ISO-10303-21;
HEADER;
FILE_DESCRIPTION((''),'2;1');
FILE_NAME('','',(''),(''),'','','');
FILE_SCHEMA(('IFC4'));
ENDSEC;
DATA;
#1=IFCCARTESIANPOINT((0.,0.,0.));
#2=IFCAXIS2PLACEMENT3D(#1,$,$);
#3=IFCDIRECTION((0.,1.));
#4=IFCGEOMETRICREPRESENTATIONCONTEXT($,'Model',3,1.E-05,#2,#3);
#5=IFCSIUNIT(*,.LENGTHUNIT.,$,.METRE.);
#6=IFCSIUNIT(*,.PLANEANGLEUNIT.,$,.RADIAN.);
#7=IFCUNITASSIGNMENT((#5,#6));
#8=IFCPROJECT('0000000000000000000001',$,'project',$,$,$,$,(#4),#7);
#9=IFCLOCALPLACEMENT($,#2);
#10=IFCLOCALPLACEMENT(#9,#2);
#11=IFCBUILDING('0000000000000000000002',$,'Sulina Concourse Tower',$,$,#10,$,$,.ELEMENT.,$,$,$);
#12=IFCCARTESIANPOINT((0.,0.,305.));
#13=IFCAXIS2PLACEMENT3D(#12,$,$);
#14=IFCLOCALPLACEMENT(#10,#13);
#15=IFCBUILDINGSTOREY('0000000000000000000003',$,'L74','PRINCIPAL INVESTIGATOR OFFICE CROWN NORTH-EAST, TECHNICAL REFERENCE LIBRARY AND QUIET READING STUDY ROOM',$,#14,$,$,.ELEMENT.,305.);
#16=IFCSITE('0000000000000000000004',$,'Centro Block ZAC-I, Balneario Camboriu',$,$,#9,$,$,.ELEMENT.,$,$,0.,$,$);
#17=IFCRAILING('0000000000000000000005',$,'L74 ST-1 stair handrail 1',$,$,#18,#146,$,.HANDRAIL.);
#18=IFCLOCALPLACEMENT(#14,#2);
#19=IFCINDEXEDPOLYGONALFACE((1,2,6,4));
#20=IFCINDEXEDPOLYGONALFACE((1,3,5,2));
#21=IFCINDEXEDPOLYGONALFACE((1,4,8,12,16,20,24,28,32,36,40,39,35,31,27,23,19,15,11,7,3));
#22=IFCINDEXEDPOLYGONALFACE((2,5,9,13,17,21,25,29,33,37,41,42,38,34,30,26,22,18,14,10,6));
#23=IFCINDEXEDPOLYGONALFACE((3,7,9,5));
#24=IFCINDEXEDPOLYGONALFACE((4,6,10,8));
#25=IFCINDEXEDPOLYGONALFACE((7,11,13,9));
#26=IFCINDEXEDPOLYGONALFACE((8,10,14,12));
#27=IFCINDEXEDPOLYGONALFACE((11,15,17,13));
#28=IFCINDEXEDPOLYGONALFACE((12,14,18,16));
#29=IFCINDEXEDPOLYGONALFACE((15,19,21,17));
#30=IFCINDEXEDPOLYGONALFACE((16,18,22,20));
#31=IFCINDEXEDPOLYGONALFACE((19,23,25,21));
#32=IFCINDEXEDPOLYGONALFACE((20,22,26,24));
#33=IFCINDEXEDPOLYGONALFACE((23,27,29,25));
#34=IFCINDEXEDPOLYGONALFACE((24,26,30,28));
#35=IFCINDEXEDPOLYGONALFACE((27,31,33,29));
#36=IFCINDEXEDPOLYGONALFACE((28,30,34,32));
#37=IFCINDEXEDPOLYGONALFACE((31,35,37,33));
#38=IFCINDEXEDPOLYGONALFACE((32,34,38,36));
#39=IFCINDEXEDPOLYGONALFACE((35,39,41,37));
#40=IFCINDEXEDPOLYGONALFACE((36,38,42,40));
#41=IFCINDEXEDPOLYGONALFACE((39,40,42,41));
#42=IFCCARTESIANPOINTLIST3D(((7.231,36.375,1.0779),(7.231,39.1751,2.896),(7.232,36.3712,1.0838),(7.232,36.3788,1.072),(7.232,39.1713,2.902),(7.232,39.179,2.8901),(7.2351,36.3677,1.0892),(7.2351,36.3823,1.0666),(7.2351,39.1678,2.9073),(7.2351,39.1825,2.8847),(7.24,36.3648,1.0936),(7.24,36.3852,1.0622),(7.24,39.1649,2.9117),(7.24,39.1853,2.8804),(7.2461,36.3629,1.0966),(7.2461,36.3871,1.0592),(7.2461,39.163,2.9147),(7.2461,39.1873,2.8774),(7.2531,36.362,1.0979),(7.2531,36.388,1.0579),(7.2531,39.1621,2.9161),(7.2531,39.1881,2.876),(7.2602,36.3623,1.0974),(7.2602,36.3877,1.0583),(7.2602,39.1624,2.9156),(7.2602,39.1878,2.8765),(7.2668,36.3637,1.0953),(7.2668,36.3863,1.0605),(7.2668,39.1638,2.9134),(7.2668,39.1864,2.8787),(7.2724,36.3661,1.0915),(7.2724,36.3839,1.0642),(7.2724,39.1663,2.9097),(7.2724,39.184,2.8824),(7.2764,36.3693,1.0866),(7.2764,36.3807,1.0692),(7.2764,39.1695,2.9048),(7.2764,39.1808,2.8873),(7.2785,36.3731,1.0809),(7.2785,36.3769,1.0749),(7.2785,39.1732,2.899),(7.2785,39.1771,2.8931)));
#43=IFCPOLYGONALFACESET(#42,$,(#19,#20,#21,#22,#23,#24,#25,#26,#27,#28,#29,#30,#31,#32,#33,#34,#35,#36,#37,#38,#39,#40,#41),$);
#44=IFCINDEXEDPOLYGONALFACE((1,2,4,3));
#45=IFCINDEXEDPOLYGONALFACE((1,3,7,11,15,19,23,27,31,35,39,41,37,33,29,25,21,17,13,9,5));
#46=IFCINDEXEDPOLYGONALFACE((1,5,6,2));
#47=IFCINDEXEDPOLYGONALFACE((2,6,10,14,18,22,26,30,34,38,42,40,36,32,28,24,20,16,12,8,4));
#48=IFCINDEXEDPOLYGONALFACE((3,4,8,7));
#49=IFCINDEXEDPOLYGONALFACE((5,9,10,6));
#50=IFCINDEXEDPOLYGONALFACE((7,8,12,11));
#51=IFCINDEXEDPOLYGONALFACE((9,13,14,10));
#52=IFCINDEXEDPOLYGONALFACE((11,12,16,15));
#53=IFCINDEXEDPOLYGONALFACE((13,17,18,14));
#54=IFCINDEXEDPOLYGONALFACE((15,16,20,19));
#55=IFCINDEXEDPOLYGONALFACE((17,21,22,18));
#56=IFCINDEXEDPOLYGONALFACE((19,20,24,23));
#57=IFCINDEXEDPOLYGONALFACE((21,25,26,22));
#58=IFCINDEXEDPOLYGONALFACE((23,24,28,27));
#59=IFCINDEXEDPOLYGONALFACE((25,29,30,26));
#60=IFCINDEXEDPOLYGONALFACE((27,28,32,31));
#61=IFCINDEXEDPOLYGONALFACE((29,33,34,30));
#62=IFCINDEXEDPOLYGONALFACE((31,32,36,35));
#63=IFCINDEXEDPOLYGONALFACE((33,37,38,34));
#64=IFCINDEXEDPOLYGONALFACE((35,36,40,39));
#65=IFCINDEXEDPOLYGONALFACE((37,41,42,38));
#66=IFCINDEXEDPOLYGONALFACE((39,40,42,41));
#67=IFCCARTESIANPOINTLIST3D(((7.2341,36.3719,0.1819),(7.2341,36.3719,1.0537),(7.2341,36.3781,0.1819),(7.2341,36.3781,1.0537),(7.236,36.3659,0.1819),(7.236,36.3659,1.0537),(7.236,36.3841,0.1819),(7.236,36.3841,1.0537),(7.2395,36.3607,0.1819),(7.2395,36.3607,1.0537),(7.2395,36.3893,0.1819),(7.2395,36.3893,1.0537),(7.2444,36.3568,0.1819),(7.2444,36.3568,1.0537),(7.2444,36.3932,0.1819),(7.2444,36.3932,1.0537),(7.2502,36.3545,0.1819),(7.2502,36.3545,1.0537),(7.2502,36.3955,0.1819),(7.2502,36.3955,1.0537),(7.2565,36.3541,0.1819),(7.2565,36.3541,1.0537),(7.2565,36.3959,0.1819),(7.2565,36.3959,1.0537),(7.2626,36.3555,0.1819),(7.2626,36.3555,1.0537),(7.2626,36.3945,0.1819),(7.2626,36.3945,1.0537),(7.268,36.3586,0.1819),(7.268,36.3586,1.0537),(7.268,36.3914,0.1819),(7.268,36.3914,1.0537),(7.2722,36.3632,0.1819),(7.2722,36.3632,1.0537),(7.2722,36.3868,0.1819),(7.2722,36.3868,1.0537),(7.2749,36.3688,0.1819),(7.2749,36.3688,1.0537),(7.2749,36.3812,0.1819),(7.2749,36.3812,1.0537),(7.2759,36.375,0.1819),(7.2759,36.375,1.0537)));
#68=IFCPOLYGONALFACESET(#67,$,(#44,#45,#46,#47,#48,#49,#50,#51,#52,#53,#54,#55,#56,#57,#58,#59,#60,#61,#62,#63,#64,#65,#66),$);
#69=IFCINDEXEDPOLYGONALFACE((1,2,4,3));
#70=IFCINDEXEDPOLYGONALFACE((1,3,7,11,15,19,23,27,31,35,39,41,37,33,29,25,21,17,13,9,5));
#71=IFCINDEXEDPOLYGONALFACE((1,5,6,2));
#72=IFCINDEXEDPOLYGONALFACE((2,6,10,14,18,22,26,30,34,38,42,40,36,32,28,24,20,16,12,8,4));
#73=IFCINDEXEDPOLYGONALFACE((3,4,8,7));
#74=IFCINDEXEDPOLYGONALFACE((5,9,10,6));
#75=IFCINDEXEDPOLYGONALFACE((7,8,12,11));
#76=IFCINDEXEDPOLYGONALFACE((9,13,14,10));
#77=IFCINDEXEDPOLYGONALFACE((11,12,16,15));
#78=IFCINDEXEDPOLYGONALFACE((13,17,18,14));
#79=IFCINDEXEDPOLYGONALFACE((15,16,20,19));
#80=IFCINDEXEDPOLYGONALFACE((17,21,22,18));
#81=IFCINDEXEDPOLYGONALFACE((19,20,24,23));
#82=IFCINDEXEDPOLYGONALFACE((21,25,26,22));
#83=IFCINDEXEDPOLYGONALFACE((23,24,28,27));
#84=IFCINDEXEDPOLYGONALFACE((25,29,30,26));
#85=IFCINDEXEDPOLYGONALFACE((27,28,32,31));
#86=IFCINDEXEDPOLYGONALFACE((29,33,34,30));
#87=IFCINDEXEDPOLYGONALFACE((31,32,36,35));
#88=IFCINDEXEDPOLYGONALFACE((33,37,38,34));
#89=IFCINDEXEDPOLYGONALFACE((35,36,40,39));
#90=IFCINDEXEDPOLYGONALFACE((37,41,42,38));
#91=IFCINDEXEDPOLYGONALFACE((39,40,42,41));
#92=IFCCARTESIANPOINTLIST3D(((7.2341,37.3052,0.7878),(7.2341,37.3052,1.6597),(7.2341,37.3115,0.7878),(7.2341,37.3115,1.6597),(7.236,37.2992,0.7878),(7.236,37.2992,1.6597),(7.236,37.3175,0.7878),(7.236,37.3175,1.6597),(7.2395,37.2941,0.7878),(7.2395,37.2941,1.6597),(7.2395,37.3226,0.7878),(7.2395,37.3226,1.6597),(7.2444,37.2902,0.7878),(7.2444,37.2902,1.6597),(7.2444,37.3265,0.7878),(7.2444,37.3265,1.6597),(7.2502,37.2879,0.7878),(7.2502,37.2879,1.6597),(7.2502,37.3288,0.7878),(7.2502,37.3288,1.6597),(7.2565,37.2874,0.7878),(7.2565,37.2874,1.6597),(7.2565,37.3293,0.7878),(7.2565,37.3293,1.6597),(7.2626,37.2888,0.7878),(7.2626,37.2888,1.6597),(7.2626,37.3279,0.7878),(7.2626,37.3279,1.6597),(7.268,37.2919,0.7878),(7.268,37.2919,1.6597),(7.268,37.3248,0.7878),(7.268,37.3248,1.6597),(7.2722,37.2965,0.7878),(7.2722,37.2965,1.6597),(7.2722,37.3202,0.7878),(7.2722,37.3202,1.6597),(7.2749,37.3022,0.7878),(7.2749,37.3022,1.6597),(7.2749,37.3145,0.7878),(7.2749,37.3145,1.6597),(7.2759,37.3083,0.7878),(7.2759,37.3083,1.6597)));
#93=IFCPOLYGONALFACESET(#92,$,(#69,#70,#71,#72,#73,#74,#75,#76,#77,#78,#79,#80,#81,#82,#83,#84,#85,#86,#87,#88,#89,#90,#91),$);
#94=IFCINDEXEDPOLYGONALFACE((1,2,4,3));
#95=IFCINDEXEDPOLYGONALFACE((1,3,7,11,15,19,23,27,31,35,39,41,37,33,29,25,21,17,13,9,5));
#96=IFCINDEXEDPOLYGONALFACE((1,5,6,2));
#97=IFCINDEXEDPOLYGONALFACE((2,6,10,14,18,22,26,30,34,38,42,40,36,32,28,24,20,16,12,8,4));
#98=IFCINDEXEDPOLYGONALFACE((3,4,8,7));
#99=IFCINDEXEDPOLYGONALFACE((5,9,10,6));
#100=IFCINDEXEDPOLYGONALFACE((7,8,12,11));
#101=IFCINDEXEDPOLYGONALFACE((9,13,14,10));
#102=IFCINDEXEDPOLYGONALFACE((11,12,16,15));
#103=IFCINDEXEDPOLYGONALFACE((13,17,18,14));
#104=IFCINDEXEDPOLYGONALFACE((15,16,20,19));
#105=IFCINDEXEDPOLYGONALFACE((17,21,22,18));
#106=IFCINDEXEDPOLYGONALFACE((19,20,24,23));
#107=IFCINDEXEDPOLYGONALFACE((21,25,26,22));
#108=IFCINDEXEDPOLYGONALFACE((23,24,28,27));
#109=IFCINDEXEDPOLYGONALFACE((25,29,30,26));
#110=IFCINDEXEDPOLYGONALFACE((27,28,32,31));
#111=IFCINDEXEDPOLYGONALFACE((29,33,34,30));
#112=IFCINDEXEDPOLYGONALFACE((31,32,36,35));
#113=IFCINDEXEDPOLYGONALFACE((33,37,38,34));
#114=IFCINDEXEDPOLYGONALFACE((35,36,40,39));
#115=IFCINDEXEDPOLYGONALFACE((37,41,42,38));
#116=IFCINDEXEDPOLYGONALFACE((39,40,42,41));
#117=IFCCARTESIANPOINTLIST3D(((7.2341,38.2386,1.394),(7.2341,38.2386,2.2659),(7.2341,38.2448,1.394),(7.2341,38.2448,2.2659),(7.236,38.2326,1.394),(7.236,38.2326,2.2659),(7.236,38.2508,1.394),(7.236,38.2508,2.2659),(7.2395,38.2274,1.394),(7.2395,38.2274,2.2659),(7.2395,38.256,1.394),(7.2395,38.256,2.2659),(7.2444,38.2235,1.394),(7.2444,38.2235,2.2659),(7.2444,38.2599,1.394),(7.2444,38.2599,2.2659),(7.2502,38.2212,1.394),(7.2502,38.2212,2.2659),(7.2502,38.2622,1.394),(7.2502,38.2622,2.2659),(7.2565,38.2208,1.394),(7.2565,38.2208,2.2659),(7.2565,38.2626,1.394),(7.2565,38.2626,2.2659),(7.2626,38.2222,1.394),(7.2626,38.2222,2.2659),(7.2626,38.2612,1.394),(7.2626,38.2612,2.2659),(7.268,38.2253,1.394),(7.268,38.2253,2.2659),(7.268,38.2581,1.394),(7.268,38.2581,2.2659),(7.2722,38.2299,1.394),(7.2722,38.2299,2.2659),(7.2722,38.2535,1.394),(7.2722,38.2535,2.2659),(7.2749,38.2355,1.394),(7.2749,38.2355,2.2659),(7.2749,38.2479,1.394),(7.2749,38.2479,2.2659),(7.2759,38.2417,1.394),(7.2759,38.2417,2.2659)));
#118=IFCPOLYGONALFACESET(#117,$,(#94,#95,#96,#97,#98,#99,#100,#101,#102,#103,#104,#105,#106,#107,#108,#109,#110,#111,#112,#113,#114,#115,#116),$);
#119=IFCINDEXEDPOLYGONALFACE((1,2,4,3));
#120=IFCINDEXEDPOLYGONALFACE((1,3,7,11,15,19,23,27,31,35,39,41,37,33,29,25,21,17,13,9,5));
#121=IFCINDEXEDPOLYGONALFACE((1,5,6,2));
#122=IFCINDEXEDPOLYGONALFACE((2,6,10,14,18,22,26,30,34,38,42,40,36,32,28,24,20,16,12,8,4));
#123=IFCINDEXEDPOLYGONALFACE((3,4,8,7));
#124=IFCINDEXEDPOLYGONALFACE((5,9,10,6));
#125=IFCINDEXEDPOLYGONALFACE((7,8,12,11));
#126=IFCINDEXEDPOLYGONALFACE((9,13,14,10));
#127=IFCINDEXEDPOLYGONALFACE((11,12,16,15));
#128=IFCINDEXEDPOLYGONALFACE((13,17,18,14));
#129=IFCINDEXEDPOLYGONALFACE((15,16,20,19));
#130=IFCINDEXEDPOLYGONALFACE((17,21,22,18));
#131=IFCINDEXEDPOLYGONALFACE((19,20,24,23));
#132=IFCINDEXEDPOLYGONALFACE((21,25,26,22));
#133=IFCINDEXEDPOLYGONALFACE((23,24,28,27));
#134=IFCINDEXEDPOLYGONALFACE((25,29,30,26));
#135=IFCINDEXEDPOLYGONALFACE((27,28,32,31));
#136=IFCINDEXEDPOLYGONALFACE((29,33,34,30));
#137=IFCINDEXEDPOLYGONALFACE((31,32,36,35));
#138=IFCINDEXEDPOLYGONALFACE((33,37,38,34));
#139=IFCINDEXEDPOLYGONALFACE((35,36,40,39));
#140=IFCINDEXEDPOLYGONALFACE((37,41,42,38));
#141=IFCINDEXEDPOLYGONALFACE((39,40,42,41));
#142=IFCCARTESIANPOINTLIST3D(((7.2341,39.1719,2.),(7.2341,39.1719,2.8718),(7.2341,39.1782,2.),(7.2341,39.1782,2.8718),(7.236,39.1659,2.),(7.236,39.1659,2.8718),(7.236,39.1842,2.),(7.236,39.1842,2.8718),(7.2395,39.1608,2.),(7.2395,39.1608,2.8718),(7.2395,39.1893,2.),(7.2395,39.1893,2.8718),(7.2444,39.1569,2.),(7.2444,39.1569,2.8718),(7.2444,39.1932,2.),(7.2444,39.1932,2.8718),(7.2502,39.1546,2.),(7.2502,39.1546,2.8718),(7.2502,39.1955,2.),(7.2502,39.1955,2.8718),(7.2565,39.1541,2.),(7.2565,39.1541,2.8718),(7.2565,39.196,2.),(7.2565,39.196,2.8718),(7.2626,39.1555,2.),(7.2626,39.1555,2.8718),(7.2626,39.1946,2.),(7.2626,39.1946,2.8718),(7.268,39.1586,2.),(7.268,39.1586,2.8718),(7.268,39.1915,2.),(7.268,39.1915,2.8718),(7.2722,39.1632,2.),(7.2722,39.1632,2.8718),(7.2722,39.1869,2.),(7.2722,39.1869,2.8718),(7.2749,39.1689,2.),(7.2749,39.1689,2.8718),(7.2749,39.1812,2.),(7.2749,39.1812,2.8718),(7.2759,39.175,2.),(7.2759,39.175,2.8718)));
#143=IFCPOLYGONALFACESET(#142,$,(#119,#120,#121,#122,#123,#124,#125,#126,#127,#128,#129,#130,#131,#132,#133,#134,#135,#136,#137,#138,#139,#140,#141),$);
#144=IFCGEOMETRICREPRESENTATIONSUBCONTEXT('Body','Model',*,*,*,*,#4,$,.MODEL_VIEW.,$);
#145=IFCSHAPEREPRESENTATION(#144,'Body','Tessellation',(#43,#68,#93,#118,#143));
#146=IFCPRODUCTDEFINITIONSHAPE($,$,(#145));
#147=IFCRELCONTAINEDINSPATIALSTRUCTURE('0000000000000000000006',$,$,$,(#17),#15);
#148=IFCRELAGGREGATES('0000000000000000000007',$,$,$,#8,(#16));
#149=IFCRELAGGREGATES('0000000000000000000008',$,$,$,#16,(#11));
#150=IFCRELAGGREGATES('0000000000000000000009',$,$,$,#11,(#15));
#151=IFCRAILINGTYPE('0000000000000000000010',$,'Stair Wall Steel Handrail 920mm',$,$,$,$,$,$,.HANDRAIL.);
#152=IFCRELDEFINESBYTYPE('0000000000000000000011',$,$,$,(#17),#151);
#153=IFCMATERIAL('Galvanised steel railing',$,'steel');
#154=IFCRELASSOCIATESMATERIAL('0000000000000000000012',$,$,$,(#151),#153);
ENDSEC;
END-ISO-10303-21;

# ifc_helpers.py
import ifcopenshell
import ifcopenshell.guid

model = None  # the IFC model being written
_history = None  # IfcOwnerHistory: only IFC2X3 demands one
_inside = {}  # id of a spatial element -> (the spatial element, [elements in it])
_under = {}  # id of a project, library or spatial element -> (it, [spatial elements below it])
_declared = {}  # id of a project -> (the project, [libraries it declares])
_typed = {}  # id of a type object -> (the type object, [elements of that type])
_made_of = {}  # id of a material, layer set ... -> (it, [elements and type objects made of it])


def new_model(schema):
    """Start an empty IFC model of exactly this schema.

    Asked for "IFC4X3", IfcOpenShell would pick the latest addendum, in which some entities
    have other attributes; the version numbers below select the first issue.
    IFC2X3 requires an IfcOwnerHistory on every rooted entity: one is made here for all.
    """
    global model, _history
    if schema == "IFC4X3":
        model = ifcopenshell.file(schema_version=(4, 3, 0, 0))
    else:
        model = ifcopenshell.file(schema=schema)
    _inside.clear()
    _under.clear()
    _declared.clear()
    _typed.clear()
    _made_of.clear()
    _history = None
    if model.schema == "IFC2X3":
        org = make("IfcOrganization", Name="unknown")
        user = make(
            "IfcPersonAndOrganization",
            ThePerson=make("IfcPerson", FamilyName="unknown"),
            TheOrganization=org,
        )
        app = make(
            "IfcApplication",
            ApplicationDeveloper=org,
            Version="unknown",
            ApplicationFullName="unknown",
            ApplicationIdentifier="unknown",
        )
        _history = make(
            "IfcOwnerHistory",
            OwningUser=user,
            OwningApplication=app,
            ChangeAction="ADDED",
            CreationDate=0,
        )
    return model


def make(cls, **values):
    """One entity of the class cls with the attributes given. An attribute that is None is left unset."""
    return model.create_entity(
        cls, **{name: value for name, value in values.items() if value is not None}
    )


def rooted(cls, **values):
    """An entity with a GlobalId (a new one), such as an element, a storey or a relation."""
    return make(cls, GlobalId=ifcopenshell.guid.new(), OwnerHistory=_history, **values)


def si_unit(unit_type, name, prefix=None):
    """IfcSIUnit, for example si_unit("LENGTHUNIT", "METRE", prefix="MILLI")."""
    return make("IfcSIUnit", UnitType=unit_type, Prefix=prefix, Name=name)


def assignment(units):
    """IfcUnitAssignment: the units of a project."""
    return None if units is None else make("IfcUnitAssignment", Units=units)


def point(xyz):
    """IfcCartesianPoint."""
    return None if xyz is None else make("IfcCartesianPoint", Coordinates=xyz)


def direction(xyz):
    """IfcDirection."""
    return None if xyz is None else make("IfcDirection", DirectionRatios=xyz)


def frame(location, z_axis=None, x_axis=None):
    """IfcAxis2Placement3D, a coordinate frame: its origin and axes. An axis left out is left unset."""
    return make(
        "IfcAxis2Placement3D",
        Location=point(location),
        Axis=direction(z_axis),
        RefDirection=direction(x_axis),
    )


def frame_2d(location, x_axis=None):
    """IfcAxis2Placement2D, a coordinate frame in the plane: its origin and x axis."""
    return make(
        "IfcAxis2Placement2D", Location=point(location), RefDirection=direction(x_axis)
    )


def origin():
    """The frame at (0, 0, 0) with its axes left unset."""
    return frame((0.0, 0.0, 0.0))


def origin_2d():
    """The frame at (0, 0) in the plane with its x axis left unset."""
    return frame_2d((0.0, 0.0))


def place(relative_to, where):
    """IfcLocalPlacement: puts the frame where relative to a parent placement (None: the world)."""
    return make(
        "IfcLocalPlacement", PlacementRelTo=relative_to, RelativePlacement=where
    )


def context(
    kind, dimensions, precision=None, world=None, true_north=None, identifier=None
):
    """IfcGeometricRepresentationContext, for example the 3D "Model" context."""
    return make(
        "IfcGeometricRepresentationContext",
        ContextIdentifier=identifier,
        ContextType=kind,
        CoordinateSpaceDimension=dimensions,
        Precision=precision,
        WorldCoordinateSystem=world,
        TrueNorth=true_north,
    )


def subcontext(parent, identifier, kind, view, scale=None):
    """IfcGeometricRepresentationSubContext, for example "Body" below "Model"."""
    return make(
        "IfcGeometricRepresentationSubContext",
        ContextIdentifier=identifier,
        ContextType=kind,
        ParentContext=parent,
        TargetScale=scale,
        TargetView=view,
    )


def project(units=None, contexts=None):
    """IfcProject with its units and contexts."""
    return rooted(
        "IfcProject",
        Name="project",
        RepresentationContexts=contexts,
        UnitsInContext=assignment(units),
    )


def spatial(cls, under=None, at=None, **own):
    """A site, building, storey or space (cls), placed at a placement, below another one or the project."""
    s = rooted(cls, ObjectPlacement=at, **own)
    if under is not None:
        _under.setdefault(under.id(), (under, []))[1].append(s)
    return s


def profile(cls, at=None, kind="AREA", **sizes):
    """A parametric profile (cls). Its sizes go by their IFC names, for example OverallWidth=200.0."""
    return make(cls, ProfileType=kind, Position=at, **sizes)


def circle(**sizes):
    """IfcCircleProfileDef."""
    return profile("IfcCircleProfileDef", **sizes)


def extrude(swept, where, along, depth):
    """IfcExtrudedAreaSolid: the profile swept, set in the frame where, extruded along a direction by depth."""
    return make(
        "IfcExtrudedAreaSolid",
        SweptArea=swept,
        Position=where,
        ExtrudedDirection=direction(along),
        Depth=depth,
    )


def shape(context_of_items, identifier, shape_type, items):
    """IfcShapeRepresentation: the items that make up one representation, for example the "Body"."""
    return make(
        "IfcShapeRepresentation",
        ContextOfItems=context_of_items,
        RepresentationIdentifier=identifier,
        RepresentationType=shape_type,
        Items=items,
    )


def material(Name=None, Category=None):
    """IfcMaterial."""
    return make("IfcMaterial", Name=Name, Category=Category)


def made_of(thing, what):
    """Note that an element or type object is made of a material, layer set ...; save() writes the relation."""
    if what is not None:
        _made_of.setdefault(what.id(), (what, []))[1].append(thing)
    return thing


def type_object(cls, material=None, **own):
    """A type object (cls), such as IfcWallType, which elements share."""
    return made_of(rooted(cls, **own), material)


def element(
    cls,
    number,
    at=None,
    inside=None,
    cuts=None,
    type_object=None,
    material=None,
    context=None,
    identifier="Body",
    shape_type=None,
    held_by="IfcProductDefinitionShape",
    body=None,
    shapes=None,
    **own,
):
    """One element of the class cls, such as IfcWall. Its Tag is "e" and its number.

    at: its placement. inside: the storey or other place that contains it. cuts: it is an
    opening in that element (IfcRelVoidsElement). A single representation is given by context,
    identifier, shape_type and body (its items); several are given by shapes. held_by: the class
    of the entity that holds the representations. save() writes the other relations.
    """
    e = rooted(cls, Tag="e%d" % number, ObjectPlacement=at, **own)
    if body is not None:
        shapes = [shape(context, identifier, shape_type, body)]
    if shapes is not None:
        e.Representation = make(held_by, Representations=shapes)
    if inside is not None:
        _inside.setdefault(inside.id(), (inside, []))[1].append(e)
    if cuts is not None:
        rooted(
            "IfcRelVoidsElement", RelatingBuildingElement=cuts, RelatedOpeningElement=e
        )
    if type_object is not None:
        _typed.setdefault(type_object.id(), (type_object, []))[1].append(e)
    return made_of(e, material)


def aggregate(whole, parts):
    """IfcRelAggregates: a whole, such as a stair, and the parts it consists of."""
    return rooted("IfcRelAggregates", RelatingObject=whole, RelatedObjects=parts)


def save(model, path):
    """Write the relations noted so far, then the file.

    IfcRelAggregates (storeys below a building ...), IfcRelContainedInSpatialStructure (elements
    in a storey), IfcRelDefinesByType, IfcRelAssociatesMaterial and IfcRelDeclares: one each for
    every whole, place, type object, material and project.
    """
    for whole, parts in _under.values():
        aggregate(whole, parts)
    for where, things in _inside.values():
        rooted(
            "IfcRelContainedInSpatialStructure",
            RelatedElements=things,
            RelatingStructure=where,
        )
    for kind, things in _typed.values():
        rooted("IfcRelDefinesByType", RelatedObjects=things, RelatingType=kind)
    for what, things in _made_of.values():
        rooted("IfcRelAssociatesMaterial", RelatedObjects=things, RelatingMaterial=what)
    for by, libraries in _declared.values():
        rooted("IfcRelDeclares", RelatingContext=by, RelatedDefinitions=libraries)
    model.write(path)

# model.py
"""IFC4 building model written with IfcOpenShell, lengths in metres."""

from ifc_helpers import new_model, si_unit, direction, frame, origin, origin_2d, place, context, subcontext, project, spatial, circle, extrude, material, type_object, element, save


model = new_model("IFC4")

# Units and contexts
model_context = context("Model", 3, precision=1e-05, world=origin(), true_north=direction((0.0, 1.0)))
body_context = subcontext(model_context, "Body", "Model", "MODEL_VIEW")
ifc_project = project(units=[si_unit("LENGTHUNIT", "METRE"), si_unit("PLANEANGLEUNIT", "RADIAN")], contexts=[model_context])

# Site, building, storey
site_placement = place(None, origin())
site = spatial("IfcSite", under=ifc_project, at=site_placement, Name="Centro Block ZAC-I, Balneario Camboriu", CompositionType="ELEMENT", RefElevation=0.0)
building_placement = place(site_placement, origin())
building = spatial("IfcBuilding", under=site, at=building_placement, Name="Sulina Concourse Tower", CompositionType="ELEMENT")
storey_placement = place(building_placement, frame((0.0, 0.0, 305.0)))
storey = spatial("IfcBuildingStorey", under=building, at=storey_placement, Name="L74", Description="PRINCIPAL INVESTIGATOR OFFICE CROWN NORTH-EAST, TECHNICAL REFERENCE LIBRARY AND QUIET READING STUDY ROOM", CompositionType="ELEMENT", Elevation=305.0)

# Railing
ifc_material_1 = material(Name="Galvanised steel railing", Category="steel")
railing_type_1 = type_object("IfcRailingType", Name="Stair Wall Steel Handrail 920mm", PredefinedType="HANDRAIL", material=ifc_material_1)
railing_1_placement = place(storey_placement, frame((7.2549, 36.375, 0.1819)))
element("IfcRailing", 1, at=railing_1_placement, inside=storey, type_object=railing_type_1, Name="L74 ST-1 stair handrail 1", PredefinedType="HANDRAIL", context=body_context, shape_type="SweptSolid", body=[
    extrude(circle(Radius=0.0239, at=origin_2d()), frame((0.0, 0.0, 0.896), z_axis=(0.0, 0.838706, 0.544585), x_axis=(-1.0, 0.0, 0.0)), (0.0, 0.0, 1.0), 3.3386),
    extrude(circle(Radius=0.021, at=origin_2d()), origin(), (0.0, 0.0, 1.0), 0.8718),
    extrude(circle(Radius=0.021, at=origin_2d()), frame((0.0, 0.9333, 0.606)), (0.0, 0.0, 1.0), 0.8718),
    extrude(circle(Radius=0.021, at=origin_2d()), frame((0.0, 1.8667, 1.2122)), (0.0, 0.0, 1.0), 0.8718),
    extrude(circle(Radius=0.021, at=origin_2d()), frame((0.0, 2.8, 1.8181)), (0.0, 0.0, 1.0), 0.8718),
])

save(model, "model.ifc")
